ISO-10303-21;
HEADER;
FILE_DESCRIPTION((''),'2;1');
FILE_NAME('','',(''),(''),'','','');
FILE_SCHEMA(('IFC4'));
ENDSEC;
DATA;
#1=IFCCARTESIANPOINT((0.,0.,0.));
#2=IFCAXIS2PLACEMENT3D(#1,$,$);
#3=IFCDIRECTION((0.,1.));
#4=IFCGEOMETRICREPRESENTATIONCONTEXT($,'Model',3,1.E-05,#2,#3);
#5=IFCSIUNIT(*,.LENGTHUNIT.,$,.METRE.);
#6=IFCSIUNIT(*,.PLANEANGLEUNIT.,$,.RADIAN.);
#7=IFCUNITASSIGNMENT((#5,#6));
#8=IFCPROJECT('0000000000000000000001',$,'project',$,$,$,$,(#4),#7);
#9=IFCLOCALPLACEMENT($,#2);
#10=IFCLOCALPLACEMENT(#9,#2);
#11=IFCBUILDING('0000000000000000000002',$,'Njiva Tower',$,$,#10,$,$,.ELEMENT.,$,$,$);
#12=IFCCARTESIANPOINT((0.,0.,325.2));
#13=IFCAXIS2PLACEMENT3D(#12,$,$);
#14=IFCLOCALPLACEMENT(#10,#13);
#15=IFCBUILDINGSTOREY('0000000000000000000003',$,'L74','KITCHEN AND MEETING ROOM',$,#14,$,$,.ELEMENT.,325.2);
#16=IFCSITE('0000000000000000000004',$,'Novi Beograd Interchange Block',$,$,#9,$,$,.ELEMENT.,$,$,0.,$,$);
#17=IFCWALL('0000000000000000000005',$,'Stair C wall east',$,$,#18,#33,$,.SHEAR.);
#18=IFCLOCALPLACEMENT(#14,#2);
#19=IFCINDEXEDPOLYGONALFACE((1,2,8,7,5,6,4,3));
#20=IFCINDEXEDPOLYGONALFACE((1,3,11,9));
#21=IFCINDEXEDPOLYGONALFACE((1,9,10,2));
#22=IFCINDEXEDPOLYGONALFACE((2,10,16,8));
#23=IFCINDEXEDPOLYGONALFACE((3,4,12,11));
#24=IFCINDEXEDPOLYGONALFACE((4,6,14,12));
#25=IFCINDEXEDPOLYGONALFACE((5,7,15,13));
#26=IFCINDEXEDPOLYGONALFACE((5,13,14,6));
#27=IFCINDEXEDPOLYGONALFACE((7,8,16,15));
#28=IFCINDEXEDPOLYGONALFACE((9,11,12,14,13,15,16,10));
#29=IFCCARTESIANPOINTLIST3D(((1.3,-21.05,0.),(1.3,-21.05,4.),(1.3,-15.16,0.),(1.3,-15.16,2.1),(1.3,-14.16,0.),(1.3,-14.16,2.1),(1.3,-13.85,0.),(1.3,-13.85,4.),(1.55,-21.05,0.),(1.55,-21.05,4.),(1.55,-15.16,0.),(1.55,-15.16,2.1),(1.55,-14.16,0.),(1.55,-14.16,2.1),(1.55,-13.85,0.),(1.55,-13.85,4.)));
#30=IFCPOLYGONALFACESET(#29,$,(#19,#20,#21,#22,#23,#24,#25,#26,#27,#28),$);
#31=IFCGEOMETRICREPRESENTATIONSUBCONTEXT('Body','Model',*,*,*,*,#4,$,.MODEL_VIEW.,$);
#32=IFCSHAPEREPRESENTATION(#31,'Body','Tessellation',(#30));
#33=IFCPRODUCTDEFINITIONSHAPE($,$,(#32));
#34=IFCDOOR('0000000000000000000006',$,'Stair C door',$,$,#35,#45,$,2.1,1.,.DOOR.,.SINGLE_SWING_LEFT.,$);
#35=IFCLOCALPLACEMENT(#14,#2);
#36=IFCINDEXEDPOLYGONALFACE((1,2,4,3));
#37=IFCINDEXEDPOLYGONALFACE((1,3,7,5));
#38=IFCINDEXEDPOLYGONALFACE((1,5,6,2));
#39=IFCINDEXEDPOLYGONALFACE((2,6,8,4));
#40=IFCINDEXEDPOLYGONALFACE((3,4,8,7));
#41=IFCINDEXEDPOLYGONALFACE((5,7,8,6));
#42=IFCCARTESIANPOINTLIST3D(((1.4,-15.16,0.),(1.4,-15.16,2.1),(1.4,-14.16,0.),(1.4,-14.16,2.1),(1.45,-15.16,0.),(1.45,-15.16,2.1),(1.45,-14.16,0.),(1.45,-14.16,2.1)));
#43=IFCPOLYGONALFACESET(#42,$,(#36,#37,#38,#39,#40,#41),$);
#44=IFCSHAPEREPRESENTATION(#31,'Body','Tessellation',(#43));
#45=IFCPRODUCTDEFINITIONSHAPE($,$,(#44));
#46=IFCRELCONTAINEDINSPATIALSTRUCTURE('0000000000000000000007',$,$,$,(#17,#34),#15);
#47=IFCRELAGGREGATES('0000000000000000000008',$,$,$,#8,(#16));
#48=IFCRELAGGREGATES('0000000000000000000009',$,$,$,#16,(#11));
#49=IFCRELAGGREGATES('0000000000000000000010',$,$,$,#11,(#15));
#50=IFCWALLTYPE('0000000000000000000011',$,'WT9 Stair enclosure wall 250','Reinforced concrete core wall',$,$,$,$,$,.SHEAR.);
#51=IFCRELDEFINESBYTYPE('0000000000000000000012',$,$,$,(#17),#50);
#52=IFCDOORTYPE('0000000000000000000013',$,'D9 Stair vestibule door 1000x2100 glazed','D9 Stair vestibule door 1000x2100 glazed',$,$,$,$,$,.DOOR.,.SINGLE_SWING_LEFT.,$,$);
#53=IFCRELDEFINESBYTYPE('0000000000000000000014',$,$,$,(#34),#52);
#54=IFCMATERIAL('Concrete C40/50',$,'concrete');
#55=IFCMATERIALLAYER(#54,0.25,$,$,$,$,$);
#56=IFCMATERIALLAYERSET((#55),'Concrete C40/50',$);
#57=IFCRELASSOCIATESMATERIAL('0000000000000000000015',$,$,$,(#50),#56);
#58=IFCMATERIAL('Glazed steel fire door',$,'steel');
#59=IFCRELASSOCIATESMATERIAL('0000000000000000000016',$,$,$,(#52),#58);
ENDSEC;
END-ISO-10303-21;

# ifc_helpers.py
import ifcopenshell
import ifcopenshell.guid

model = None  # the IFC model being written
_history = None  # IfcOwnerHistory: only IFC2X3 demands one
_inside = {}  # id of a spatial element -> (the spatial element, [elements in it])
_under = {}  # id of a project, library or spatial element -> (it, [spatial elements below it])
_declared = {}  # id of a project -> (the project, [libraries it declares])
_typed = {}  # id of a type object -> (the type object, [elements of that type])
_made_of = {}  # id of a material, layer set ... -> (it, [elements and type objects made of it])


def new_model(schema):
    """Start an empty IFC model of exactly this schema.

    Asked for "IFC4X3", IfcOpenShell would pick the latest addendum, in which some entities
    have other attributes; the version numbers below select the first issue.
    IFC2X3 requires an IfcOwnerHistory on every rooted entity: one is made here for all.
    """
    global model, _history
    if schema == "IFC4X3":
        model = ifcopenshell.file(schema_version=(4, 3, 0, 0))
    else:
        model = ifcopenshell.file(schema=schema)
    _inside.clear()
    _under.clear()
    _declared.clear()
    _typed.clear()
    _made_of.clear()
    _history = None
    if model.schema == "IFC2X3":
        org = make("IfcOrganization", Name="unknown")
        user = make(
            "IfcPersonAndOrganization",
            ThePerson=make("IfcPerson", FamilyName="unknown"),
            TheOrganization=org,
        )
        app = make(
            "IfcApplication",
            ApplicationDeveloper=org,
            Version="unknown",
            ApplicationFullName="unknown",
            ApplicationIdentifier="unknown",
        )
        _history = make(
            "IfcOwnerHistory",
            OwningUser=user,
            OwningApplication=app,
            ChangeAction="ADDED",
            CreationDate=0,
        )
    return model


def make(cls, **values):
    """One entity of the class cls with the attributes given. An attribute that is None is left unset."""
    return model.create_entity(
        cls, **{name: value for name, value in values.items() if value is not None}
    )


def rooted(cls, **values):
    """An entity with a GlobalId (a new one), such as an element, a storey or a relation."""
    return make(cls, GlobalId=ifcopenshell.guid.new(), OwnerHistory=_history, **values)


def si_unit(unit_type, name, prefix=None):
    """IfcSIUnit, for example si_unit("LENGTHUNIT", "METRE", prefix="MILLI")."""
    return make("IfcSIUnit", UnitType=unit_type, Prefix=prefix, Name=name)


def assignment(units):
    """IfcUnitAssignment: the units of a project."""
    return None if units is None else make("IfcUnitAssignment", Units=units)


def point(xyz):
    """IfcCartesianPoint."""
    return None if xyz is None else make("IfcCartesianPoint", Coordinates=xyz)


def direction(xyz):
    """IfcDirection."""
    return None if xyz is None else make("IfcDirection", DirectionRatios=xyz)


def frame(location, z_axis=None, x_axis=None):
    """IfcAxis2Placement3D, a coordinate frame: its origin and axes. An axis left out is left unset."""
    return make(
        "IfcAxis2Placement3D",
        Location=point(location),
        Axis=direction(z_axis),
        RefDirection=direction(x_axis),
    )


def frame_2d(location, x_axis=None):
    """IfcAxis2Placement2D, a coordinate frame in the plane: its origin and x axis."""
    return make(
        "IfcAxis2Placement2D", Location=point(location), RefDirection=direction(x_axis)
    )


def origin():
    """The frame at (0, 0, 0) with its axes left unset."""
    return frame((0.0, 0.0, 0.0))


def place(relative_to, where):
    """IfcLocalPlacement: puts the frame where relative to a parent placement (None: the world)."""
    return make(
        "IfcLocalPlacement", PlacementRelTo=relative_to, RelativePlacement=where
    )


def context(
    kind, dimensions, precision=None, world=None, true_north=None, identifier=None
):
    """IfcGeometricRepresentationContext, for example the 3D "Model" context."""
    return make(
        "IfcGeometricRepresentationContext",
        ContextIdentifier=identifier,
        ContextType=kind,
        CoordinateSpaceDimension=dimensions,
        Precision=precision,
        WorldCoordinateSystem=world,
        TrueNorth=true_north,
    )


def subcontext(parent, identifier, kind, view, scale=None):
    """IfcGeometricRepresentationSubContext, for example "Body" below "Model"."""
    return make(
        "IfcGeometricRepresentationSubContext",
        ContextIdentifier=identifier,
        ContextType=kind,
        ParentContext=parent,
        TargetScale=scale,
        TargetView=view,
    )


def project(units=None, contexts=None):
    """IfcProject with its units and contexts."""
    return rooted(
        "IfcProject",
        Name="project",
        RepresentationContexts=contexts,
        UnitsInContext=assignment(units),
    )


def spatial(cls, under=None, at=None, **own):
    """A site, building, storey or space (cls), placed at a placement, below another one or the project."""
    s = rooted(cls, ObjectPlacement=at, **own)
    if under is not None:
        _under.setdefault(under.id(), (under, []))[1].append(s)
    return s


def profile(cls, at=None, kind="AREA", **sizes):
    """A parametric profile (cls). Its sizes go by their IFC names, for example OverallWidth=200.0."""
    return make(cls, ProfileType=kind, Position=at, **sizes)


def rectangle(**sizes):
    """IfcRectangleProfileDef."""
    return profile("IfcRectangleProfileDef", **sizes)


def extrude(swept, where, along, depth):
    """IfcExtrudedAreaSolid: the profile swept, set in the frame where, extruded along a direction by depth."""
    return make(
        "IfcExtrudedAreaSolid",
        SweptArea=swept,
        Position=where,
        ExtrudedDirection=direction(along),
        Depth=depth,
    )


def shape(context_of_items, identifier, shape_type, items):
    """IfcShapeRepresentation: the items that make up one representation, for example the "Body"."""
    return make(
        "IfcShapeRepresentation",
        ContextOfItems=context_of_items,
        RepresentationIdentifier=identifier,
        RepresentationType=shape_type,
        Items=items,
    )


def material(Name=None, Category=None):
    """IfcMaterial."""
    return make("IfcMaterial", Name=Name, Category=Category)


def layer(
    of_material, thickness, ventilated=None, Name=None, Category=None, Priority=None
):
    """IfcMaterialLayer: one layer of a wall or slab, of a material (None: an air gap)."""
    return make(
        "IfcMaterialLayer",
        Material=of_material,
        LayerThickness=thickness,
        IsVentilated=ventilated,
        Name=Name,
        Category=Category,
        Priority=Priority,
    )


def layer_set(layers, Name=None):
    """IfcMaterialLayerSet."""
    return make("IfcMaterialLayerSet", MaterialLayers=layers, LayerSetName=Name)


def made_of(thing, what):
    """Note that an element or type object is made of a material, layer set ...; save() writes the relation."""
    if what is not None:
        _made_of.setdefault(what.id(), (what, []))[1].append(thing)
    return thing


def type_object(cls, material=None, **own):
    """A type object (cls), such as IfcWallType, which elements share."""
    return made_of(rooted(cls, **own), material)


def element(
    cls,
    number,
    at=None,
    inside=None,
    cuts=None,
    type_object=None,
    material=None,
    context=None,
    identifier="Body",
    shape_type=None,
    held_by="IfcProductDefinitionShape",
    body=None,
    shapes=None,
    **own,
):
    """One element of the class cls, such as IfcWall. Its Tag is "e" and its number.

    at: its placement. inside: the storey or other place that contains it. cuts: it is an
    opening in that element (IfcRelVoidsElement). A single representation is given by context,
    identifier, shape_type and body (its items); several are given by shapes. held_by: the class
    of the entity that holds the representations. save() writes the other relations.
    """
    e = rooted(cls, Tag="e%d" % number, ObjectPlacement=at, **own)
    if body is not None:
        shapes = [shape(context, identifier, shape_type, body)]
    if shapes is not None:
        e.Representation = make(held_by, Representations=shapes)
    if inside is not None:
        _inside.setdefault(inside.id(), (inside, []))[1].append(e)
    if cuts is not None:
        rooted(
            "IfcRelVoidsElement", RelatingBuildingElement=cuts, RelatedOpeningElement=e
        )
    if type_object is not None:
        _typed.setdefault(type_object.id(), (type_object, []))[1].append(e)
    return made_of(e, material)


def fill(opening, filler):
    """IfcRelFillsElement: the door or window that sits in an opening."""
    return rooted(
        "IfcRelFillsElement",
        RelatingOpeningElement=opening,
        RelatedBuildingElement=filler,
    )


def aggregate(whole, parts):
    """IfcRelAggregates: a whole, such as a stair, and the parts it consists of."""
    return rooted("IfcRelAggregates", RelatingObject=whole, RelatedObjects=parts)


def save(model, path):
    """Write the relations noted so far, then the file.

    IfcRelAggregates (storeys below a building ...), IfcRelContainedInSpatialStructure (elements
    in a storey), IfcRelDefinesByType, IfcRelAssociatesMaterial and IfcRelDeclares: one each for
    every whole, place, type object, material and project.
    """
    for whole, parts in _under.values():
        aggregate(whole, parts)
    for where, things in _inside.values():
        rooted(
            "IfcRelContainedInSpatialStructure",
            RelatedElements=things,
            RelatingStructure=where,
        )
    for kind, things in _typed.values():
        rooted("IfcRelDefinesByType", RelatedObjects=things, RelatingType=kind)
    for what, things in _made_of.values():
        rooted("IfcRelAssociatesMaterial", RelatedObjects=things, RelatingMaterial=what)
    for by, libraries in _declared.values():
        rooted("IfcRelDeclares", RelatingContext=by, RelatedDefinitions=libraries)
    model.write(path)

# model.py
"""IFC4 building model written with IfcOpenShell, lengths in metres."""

from ifc_helpers import new_model, si_unit, direction, frame, frame_2d, origin, place, context, subcontext, project, spatial, rectangle, extrude, material, layer, layer_set, type_object, element, fill, save


model = new_model("IFC4")

# Units and contexts
model_context = context("Model", 3, precision=1e-05, world=origin(), true_north=direction((0.0, 1.0)))
body_context = subcontext(model_context, "Body", "Model", "MODEL_VIEW")
ifc_project = project(units=[si_unit("LENGTHUNIT", "METRE"), si_unit("PLANEANGLEUNIT", "RADIAN")], contexts=[model_context])

# Site, building, storey
site_placement = place(None, origin())
site = spatial("IfcSite", under=ifc_project, at=site_placement, Name="Novi Beograd Interchange Block", CompositionType="ELEMENT", RefElevation=0.0)
building_placement = place(site_placement, origin())
building = spatial("IfcBuilding", under=site, at=building_placement, Name="Njiva Tower", CompositionType="ELEMENT")
storey_placement = place(building_placement, frame((0.0, 0.0, 325.2)))
storey = spatial("IfcBuildingStorey", under=building, at=storey_placement, Name="L74", Description="KITCHEN AND MEETING ROOM", CompositionType="ELEMENT", Elevation=325.2)

# Wall, opening, door
ifc_material_1 = material(Name="Concrete C40/50", Category="concrete")
ifc_layer_1 = layer(ifc_material_1, 0.25)
ifc_layer_set_1 = layer_set([ifc_layer_1], Name="Concrete C40/50")
wall_type_1 = type_object("IfcWallType", Name="WT9 Stair enclosure wall 250", Description="Reinforced concrete core wall", PredefinedType="SHEAR", material=ifc_layer_set_1)
wall_1_placement = place(storey_placement, frame((1.425, -21.05, 0.0), z_axis=(0.0, 0.0, 1.0), x_axis=(0.0, 1.0, 0.0)))
wall_1 = element("IfcWall", 1, at=wall_1_placement, inside=storey, type_object=wall_type_1, Name="Stair C wall east", PredefinedType="SHEAR", context=body_context, shape_type="SweptSolid", body=[
    extrude(rectangle(XDim=7.2, YDim=0.25, at=frame_2d((3.6, 0.0))), origin(), (0.0, 0.0, 1.0), 4.0),
])
opening_1_placement = place(wall_1_placement, frame((5.89, 0.0, 0.0)))
opening_1 = element("IfcOpeningElement", 2, at=opening_1_placement, cuts=wall_1, PredefinedType="OPENING", context=body_context, shape_type="SweptSolid", body=[
    extrude(rectangle(XDim=1.0, YDim=2.1, at=frame_2d((0.5, 1.05))), frame((0.0, 0.135, 0.0), z_axis=(0.0, -1.0, 0.0), x_axis=(1.0, 0.0, 0.0)), (0.0, 0.0, 1.0), 0.27),
])
ifc_material_2 = material(Name="Glazed steel fire door", Category="steel")
door_type = type_object("IfcDoorType", Name="D9 Stair vestibule door 1000x2100 glazed", Description="D9 Stair vestibule door 1000x2100 glazed", OperationType="SINGLE_SWING_LEFT", PredefinedType="DOOR", material=ifc_material_2)
door_placement = place(opening_1_placement, origin())
door = element("IfcDoor", 3, at=door_placement, inside=storey, type_object=door_type, Name="Stair C door", OperationType="SINGLE_SWING_LEFT", OverallHeight=2.1, OverallWidth=1.0, PredefinedType="DOOR", context=body_context, shape_type="SweptSolid", body=[
    extrude(rectangle(XDim=1.0, YDim=2.1, at=frame_2d((0.5, 1.05))), frame((0.0, 0.025, 0.0), z_axis=(0.0, -1.0, 0.0), x_axis=(1.0, 0.0, 0.0)), (0.0, 0.0, 1.0), 0.05),
])
fill(opening_1, door)

save(model, "model.ifc")
